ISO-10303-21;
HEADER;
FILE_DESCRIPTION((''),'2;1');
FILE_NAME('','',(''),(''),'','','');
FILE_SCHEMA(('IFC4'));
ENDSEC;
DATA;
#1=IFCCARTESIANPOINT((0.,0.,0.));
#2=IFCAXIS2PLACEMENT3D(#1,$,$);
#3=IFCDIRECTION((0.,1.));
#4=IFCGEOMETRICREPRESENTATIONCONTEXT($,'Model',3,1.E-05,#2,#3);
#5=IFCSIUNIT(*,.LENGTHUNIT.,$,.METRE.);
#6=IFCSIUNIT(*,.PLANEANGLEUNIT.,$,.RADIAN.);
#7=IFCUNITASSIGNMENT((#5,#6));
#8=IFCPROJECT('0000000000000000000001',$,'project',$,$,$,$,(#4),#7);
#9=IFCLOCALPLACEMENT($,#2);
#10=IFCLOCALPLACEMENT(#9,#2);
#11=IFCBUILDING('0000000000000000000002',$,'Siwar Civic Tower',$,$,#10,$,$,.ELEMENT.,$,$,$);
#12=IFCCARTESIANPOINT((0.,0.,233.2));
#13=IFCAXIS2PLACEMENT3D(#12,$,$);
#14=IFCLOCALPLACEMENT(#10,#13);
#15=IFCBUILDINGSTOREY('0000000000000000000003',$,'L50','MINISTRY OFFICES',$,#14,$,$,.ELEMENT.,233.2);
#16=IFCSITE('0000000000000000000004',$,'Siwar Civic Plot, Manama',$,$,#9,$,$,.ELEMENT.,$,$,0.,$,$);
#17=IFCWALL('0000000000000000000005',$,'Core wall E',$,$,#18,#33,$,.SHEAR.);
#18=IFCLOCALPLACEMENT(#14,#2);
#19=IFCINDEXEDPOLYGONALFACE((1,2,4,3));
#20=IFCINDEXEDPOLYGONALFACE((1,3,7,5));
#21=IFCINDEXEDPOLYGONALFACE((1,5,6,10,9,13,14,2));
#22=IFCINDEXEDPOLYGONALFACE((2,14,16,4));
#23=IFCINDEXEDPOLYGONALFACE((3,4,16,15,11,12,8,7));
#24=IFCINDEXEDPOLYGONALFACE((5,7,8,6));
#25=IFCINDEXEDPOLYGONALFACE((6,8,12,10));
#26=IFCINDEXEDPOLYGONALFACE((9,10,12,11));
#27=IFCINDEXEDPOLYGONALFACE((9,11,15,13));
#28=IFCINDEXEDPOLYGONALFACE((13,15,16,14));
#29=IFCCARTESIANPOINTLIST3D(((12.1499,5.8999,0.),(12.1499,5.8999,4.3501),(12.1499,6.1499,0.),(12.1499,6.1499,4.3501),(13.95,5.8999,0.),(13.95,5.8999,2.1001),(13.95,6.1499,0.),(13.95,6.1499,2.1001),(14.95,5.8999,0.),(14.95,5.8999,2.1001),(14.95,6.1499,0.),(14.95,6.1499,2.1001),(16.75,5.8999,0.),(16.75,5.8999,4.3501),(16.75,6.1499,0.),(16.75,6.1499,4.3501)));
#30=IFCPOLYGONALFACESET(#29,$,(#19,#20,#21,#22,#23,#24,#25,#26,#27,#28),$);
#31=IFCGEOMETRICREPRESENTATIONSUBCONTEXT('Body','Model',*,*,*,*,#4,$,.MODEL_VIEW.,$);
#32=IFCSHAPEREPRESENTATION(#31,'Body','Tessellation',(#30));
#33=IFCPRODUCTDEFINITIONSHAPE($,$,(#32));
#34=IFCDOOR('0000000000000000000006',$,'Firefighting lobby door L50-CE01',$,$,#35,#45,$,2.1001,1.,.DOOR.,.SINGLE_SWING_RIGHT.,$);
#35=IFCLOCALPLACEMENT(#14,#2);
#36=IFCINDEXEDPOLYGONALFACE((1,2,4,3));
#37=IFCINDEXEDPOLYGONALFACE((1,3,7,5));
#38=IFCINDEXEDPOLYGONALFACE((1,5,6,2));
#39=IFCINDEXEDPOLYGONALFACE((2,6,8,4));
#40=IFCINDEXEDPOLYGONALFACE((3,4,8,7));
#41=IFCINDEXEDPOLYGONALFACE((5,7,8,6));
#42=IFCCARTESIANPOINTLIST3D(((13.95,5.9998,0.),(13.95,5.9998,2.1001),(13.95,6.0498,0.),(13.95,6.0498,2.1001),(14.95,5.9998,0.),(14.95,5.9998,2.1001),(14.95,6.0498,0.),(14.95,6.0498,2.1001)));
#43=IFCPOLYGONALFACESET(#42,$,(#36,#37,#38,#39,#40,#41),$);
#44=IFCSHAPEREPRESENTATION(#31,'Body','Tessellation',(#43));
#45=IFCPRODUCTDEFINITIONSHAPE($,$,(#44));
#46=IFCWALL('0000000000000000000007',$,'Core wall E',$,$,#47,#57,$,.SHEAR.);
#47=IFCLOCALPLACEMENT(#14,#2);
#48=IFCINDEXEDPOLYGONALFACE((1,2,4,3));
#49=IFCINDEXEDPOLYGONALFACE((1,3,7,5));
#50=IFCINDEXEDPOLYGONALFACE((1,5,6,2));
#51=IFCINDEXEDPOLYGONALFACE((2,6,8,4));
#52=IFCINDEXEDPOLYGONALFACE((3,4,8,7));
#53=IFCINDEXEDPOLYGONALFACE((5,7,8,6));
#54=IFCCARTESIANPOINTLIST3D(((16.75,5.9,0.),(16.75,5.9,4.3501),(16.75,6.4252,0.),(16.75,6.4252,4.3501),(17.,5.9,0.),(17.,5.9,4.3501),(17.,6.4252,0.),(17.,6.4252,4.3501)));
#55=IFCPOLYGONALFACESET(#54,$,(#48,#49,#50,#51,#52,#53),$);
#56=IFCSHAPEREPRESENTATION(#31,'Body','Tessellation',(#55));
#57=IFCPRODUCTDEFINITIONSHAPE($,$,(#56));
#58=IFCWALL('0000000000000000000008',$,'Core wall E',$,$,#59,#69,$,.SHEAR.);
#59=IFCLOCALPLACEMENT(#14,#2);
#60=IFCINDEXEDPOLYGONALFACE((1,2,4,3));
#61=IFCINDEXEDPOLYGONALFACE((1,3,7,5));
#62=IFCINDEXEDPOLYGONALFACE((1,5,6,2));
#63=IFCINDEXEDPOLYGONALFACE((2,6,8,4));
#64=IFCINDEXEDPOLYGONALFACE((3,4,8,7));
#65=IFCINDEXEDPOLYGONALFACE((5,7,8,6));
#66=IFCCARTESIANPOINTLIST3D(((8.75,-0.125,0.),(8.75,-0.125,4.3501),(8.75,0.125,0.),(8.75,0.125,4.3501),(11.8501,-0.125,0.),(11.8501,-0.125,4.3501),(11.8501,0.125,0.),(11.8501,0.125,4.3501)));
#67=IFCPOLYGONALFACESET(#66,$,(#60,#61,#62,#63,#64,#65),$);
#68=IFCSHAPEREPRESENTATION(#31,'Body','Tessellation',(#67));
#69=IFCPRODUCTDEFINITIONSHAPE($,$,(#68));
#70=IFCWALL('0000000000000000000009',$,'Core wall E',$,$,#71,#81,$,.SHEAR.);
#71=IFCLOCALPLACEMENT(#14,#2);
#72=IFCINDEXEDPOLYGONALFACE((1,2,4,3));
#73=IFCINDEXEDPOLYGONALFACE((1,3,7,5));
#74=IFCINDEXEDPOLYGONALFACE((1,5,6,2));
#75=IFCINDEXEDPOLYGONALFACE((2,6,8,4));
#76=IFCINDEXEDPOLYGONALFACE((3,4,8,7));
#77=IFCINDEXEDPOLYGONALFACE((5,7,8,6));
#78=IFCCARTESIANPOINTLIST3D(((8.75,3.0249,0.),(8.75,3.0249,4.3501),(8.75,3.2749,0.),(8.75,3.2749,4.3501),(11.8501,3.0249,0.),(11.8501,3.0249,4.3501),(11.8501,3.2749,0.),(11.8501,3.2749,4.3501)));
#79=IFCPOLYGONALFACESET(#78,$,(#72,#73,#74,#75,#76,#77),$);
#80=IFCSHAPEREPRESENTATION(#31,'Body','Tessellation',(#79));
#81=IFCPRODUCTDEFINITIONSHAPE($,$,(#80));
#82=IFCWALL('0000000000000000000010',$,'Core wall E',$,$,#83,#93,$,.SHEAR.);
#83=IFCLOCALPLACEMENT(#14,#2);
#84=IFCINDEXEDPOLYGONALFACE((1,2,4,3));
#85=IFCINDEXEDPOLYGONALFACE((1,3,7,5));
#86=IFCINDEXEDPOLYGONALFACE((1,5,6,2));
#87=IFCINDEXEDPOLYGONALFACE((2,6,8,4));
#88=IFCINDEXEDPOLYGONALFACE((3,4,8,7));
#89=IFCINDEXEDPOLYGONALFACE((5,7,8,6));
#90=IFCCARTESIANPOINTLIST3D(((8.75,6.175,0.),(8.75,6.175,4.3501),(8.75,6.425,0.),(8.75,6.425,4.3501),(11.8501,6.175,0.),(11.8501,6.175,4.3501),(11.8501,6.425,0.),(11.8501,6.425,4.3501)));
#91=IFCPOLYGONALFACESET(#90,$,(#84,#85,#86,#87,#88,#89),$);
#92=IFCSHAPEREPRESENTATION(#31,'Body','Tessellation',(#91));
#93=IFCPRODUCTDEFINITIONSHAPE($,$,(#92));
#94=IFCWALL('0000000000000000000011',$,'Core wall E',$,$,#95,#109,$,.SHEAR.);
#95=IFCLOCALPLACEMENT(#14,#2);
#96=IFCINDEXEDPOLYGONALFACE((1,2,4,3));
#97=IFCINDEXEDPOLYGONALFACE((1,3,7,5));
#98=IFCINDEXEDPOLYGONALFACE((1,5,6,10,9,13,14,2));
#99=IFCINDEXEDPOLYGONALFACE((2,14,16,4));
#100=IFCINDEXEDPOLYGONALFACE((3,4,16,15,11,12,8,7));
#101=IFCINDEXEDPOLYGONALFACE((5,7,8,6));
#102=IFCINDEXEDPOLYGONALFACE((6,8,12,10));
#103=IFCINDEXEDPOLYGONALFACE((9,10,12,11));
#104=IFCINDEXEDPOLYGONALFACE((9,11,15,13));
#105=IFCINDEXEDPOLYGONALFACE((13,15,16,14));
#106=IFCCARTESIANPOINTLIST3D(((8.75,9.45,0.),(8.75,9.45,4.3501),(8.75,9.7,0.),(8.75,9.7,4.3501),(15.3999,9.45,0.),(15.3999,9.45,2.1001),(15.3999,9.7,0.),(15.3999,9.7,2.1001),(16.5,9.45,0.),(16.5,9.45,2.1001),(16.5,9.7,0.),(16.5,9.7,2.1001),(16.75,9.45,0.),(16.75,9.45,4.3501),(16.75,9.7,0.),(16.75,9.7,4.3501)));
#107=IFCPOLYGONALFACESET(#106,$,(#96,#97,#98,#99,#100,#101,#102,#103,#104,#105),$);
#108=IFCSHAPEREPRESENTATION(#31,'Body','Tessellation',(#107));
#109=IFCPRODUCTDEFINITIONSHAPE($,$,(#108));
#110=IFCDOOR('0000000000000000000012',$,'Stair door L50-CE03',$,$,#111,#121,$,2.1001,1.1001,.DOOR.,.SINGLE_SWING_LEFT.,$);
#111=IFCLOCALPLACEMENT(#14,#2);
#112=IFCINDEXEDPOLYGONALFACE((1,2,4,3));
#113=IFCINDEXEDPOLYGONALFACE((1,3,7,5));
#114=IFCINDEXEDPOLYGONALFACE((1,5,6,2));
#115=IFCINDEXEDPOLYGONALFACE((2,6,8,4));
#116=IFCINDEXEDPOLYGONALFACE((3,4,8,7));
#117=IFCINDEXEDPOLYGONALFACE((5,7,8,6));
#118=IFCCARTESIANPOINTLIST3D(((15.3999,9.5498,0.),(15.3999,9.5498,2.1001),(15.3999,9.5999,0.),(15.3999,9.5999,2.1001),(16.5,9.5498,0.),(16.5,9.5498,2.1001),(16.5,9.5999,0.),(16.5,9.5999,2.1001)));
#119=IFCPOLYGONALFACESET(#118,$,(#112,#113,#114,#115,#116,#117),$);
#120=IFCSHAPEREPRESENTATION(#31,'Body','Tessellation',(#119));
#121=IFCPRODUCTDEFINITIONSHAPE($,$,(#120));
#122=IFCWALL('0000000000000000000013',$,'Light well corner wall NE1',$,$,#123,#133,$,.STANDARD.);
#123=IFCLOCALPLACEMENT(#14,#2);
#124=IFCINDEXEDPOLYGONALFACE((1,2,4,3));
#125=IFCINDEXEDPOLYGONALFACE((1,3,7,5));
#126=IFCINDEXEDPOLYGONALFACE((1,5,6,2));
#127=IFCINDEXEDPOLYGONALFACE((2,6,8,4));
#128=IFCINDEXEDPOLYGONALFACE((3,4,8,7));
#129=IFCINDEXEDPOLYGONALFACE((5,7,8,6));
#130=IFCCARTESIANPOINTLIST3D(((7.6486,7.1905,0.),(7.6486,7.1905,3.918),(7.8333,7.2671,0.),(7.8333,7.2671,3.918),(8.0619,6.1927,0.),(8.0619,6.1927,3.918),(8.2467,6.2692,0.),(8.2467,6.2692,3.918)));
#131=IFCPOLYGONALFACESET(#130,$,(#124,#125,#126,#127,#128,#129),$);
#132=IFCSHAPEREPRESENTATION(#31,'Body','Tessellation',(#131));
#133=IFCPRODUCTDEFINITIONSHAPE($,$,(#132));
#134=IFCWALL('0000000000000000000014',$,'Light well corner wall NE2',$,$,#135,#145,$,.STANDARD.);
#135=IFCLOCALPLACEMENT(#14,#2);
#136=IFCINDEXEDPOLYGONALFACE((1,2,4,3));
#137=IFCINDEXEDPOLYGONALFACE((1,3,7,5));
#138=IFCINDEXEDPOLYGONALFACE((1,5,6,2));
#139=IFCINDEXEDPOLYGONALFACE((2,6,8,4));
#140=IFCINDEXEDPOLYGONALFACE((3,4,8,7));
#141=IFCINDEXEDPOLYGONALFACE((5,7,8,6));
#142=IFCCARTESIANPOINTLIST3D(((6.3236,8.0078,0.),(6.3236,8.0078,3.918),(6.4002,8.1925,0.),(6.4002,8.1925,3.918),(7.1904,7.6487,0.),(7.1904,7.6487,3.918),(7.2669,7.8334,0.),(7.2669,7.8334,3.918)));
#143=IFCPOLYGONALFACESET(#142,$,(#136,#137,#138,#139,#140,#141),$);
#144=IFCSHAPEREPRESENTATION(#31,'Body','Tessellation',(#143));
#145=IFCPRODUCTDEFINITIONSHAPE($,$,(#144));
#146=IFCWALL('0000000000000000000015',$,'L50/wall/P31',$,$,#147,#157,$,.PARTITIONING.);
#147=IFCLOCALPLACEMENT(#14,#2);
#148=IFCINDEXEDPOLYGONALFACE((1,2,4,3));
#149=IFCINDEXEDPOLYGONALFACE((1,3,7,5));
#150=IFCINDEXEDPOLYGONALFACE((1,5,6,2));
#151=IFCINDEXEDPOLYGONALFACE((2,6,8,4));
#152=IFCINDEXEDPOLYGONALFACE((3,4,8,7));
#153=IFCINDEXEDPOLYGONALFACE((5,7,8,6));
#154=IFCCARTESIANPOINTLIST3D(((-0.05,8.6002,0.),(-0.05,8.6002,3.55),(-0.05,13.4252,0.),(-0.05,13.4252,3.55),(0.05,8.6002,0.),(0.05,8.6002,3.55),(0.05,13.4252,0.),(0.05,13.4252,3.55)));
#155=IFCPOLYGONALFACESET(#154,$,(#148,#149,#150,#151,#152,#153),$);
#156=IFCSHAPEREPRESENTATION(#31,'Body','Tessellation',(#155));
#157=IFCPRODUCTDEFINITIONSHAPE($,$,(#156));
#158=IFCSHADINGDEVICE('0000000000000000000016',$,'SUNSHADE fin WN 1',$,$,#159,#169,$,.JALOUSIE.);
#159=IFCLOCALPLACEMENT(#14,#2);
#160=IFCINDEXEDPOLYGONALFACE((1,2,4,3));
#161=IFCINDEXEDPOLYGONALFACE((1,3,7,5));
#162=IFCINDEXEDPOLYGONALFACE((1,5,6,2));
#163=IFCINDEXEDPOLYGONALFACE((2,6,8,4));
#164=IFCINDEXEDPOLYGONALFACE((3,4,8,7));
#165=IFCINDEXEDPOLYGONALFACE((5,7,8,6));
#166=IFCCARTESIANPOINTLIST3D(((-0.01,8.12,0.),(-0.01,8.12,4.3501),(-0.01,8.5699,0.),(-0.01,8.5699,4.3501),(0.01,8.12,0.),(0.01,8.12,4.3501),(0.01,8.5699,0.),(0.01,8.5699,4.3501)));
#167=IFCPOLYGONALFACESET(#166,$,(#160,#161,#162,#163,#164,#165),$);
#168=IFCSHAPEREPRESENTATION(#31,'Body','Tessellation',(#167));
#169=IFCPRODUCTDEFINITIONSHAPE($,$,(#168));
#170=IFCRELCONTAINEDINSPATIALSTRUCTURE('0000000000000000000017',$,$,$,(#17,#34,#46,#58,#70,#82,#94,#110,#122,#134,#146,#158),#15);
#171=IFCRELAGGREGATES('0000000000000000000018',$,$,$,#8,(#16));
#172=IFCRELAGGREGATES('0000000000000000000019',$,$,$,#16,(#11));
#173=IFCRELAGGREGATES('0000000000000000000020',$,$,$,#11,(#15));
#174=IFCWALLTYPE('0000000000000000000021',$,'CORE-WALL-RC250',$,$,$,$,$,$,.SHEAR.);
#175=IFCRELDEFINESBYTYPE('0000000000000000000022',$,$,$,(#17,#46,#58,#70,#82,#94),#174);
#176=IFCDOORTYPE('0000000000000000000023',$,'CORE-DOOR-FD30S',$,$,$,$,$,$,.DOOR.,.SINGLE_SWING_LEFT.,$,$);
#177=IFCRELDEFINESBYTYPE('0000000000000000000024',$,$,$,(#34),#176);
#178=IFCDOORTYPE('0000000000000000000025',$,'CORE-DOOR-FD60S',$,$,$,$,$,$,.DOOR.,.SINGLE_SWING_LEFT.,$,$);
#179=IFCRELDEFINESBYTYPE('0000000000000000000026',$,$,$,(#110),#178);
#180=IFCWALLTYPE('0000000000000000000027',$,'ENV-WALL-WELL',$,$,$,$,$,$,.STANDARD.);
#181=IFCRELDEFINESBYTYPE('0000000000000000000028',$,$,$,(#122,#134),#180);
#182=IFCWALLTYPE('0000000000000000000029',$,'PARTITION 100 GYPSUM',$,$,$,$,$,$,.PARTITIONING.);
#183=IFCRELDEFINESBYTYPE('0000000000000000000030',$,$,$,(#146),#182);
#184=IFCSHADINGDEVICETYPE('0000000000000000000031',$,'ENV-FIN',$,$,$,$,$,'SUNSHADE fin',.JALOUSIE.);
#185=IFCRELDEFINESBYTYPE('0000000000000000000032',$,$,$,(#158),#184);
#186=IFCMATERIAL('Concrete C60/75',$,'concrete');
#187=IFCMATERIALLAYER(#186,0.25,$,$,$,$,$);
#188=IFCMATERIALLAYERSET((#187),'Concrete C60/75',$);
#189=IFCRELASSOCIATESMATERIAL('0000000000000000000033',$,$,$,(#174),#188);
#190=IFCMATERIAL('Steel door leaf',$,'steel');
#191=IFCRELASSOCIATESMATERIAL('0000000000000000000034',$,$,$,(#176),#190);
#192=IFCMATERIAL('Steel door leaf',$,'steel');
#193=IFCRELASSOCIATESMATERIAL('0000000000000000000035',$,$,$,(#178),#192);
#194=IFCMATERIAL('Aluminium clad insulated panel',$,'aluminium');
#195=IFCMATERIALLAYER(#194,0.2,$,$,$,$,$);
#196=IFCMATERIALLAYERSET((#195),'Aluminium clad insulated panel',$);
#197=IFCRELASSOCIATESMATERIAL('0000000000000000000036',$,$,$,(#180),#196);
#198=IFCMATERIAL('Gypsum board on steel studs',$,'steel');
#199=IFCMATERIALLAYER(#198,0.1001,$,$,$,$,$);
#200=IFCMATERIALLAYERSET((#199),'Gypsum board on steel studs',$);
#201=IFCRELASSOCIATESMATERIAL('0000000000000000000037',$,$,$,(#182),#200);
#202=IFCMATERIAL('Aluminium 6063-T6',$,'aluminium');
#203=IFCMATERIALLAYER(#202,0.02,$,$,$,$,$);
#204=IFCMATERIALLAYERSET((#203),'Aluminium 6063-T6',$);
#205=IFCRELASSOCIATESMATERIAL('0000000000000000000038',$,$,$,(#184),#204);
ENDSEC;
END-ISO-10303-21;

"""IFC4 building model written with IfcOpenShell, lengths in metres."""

from ifc_helpers import new_model, si_unit, direction, frame, frame_2d, origin, origin_2d, place, context, subcontext, project, spatial, rectangle, extrude, material, layer, layer_set, type_object, element, fill, save


model = new_model("IFC4")

# Units and contexts
model_context = context("Model", 3, precision=1e-05, world=origin(), true_north=direction((0.0, 1.0)))
body_context = subcontext(model_context, "Body", "Model", "MODEL_VIEW")
ifc_project = project(units=[si_unit("LENGTHUNIT", "METRE"), si_unit("PLANEANGLEUNIT", "RADIAN")], contexts=[model_context])

# Site, building, storey
site_placement = place(None, origin())
site = spatial("IfcSite", under=ifc_project, at=site_placement, Name="Siwar Civic Plot, Manama", CompositionType="ELEMENT", RefElevation=0.0)
building_placement = place(site_placement, origin())
building = spatial("IfcBuilding", under=site, at=building_placement, Name="Siwar Civic Tower", CompositionType="ELEMENT")
storey_placement = place(building_placement, frame((0.0, 0.0, 233.2)))
storey = spatial("IfcBuildingStorey", under=building, at=storey_placement, Name="L50", Description="MINISTRY OFFICES", CompositionType="ELEMENT", Elevation=233.2)

# Wall, opening, door
ifc_material_1 = material(Name="Concrete C60/75", Category="concrete")
ifc_layer_1 = layer(ifc_material_1, 0.25)
ifc_layer_set_1 = layer_set([ifc_layer_1], Name="Concrete C60/75")
wall_type_1 = type_object("IfcWallType", Name="CORE-WALL-RC250", PredefinedType="SHEAR", material=ifc_layer_set_1)
wall_1_placement = place(storey_placement, frame((12.1499, 6.0249, 0.0), z_axis=(0.0, 0.0, 1.0), x_axis=(1.0, 0.0, 0.0)))
wall_1 = element("IfcWall", 1, at=wall_1_placement, inside=storey, type_object=wall_type_1, Name="Core wall E", PredefinedType="SHEAR", context=body_context, shape_type="SweptSolid", body=[
    extrude(rectangle(XDim=4.6001, YDim=0.25, at=frame_2d((2.3, 0.0))), origin(), (0.0, 0.0, 1.0), 4.3501),
])
opening_1_placement = place(wall_1_placement, frame((1.8, 0.0, 0.0)))
opening_1 = element("IfcOpeningElement", 2, at=opening_1_placement, cuts=wall_1, PredefinedType="OPENING", context=body_context, shape_type="SweptSolid", body=[
    extrude(rectangle(XDim=1.0, YDim=2.1001, at=frame_2d((0.5, 1.05))), frame((0.0, 0.135, 0.0), z_axis=(0.0, -1.0, 0.0), x_axis=(1.0, 0.0, 0.0)), (0.0, 0.0, 1.0), 0.27),
])
ifc_material_2 = material(Name="Steel door leaf", Category="steel")
door_type_1 = type_object("IfcDoorType", Name="CORE-DOOR-FD30S", OperationType="SINGLE_SWING_LEFT", PredefinedType="DOOR", material=ifc_material_2)
door_1_placement = place(opening_1_placement, origin())
door_1 = element("IfcDoor", 3, at=door_1_placement, inside=storey, type_object=door_type_1, Name="Firefighting lobby door L50-CE01", OperationType="SINGLE_SWING_RIGHT", OverallHeight=2.1001, OverallWidth=1.0, PredefinedType="DOOR", context=body_context, shape_type="SweptSolid", body=[
    extrude(rectangle(XDim=1.0, YDim=2.1001, at=frame_2d((0.5, 1.05))), frame((0.0, 0.0249, 0.0), z_axis=(0.0, -1.0, 0.0), x_axis=(1.0, 0.0, 0.0)), (0.0, 0.0, 1.0), 0.05),
])
fill(opening_1, door_1)

# Walls
wall_2_placement = place(storey_placement, frame((16.875, 5.8999, 0.0), z_axis=(0.0, 0.0, 1.0), x_axis=(0.0, 1.0, 0.0)))
element("IfcWall", 4, at=wall_2_placement, inside=storey, type_object=wall_type_1, Name="Core wall E", PredefinedType="SHEAR", context=body_context, shape_type="SweptSolid", body=[
    extrude(rectangle(XDim=0.5251, YDim=0.25, at=frame_2d((0.2627, 0.0))), origin(), (0.0, 0.0, 1.0), 4.3501),
])
for number, where, z_axis, x_axis, name in (
    (5, (8.75, 0.0, 0.0), (0.0, 0.0, 1.0), (1.0, 0.0, 0.0), "Core wall E"),
    (6, (8.75, 3.1499, 0.0), (0.0, 0.0, 1.0), (1.0, 0.0, 0.0), "Core wall E"),
    (7, (8.75, 6.3, 0.0), (0.0, 0.0, 1.0), (1.0, 0.0, 0.0), "Core wall E"),
):
    element("IfcWall", number, at=place(storey_placement, frame(where, z_axis=z_axis, x_axis=x_axis)), inside=storey, type_object=wall_type_1, Name=name, PredefinedType="SHEAR", context=body_context, shape_type="SweptSolid", body=[
        extrude(rectangle(XDim=3.1001, YDim=0.25, at=frame_2d((1.55, 0.0))), origin(), (0.0, 0.0, 1.0), 4.3501),
    ])

# Wall, opening, door
wall_3_placement = place(storey_placement, frame((8.75, 9.575, 0.0), z_axis=(0.0, 0.0, 1.0), x_axis=(1.0, 0.0, 0.0)))
wall_3 = element("IfcWall", 8, at=wall_3_placement, inside=storey, type_object=wall_type_1, Name="Core wall E", PredefinedType="SHEAR", context=body_context, shape_type="SweptSolid", body=[
    extrude(rectangle(XDim=8.0, YDim=0.25, at=frame_2d((4.0, 0.0))), origin(), (0.0, 0.0, 1.0), 4.3501),
])
opening_2_placement = place(wall_3_placement, frame((6.6499, 0.0, 0.0)))
opening_2 = element("IfcOpeningElement", 9, at=opening_2_placement, cuts=wall_3, PredefinedType="OPENING", context=body_context, shape_type="SweptSolid", body=[
    extrude(rectangle(XDim=1.1001, YDim=2.1001, at=frame_2d((0.55, 1.05))), frame((0.0, 0.135, 0.0), z_axis=(0.0, -1.0, 0.0), x_axis=(1.0, 0.0, 0.0)), (0.0, 0.0, 1.0), 0.27),
])
ifc_material_3 = material(Name="Steel door leaf", Category="steel")
door_type_2 = type_object("IfcDoorType", Name="CORE-DOOR-FD60S", OperationType="SINGLE_SWING_LEFT", PredefinedType="DOOR", material=ifc_material_3)
door_2_placement = place(opening_2_placement, origin())
door_2 = element("IfcDoor", 10, at=door_2_placement, inside=storey, type_object=door_type_2, Name="Stair door L50-CE03", OperationType="SINGLE_SWING_LEFT", OverallHeight=2.1001, OverallWidth=1.1001, PredefinedType="DOOR", context=body_context, shape_type="SweptSolid", body=[
    extrude(rectangle(XDim=1.1001, YDim=2.1001, at=frame_2d((0.55, 1.05))), frame((0.0, 0.0249, 0.0), z_axis=(0.0, -1.0, 0.0), x_axis=(1.0, 0.0, 0.0)), (0.0, 0.0, 1.0), 0.05),
])
fill(opening_2, door_2)

# Walls
ifc_material_4 = material(Name="Aluminium clad insulated panel", Category="aluminium")
ifc_layer_2 = layer(ifc_material_4, 0.2)
ifc_layer_set_2 = layer_set([ifc_layer_2], Name="Aluminium clad insulated panel")
wall_type_2 = type_object("IfcWallType", Name="ENV-WALL-WELL", PredefinedType="STANDARD", material=ifc_layer_set_2)
wall_4_placement = place(storey_placement, frame((8.1543, 6.231, 0.0), z_axis=(0.0, 0.0, 1.0), x_axis=(-0.382704, 0.923871, 0.0)))
element("IfcWall", 11, at=wall_4_placement, inside=storey, type_object=wall_type_2, Name="Light well corner wall NE1", PredefinedType="STANDARD", context=body_context, shape_type="SweptSolid", body=[
    extrude(rectangle(XDim=1.0801, YDim=0.2, at=frame_2d((0.54, 0.0))), origin(), (0.0, 0.0, 1.0), 3.918),
])
wall_5_placement = place(storey_placement, frame((7.2288, 7.741, 0.0), z_axis=(0.0, 0.0, 1.0), x_axis=(-0.92383, 0.382804, 0.0)))
element("IfcWall", 12, at=wall_5_placement, inside=storey, type_object=wall_type_2, Name="Light well corner wall NE2", PredefinedType="STANDARD", context=body_context, shape_type="SweptSolid", body=[
    extrude(rectangle(XDim=0.9382, YDim=0.2, at=frame_2d((0.4692, 0.0))), origin(), (0.0, 0.0, 1.0), 3.918),
])
ifc_material_5 = material(Name="Gypsum board on steel studs", Category="steel")
ifc_layer_3 = layer(ifc_material_5, 0.1001)
ifc_layer_set_3 = layer_set([ifc_layer_3], Name="Gypsum board on steel studs")
wall_type_3 = type_object("IfcWallType", Name="PARTITION 100 GYPSUM", PredefinedType="PARTITIONING", material=ifc_layer_set_3)
wall_6_placement = place(storey_placement, frame((0.0, 8.6001, 0.0), z_axis=(0.0, 0.0, 1.0), x_axis=(0.0, 1.0, 0.0)))
element("IfcWall", 13, at=wall_6_placement, inside=storey, type_object=wall_type_3, Name="L50/wall/P31", PredefinedType="PARTITIONING", context=body_context, shape_type="SweptSolid", body=[
    extrude(rectangle(XDim=4.825, YDim=0.1001, at=frame_2d((2.4126, 0.0))), origin(), (0.0, 0.0, 1.0), 3.55),
])

# Shading device
ifc_material_6 = material(Name="Aluminium 6063-T6", Category="aluminium")
ifc_layer_4 = layer(ifc_material_6, 0.02)
ifc_layer_set_4 = layer_set([ifc_layer_4], Name="Aluminium 6063-T6")
shading_device_type = type_object("IfcShadingDeviceType", Name="ENV-FIN", ElementType="SUNSHADE fin", PredefinedType="JALOUSIE", material=ifc_layer_set_4)
shading_device_placement = place(storey_placement, frame((0.0, 8.345, 0.0), z_axis=(0.0, 0.0, 1.0), x_axis=(-1.0, 0.0, 0.0)))
element("IfcShadingDevice", 14, at=shading_device_placement, inside=storey, type_object=shading_device_type, Name="SUNSHADE fin WN 1", PredefinedType="JALOUSIE", context=body_context, shape_type="SweptSolid", body=[
    extrude(rectangle(XDim=0.02, YDim=0.45, at=origin_2d()), origin(), (0.0, 0.0, 1.0), 4.3501),
])

save(model, "model.ifc")
